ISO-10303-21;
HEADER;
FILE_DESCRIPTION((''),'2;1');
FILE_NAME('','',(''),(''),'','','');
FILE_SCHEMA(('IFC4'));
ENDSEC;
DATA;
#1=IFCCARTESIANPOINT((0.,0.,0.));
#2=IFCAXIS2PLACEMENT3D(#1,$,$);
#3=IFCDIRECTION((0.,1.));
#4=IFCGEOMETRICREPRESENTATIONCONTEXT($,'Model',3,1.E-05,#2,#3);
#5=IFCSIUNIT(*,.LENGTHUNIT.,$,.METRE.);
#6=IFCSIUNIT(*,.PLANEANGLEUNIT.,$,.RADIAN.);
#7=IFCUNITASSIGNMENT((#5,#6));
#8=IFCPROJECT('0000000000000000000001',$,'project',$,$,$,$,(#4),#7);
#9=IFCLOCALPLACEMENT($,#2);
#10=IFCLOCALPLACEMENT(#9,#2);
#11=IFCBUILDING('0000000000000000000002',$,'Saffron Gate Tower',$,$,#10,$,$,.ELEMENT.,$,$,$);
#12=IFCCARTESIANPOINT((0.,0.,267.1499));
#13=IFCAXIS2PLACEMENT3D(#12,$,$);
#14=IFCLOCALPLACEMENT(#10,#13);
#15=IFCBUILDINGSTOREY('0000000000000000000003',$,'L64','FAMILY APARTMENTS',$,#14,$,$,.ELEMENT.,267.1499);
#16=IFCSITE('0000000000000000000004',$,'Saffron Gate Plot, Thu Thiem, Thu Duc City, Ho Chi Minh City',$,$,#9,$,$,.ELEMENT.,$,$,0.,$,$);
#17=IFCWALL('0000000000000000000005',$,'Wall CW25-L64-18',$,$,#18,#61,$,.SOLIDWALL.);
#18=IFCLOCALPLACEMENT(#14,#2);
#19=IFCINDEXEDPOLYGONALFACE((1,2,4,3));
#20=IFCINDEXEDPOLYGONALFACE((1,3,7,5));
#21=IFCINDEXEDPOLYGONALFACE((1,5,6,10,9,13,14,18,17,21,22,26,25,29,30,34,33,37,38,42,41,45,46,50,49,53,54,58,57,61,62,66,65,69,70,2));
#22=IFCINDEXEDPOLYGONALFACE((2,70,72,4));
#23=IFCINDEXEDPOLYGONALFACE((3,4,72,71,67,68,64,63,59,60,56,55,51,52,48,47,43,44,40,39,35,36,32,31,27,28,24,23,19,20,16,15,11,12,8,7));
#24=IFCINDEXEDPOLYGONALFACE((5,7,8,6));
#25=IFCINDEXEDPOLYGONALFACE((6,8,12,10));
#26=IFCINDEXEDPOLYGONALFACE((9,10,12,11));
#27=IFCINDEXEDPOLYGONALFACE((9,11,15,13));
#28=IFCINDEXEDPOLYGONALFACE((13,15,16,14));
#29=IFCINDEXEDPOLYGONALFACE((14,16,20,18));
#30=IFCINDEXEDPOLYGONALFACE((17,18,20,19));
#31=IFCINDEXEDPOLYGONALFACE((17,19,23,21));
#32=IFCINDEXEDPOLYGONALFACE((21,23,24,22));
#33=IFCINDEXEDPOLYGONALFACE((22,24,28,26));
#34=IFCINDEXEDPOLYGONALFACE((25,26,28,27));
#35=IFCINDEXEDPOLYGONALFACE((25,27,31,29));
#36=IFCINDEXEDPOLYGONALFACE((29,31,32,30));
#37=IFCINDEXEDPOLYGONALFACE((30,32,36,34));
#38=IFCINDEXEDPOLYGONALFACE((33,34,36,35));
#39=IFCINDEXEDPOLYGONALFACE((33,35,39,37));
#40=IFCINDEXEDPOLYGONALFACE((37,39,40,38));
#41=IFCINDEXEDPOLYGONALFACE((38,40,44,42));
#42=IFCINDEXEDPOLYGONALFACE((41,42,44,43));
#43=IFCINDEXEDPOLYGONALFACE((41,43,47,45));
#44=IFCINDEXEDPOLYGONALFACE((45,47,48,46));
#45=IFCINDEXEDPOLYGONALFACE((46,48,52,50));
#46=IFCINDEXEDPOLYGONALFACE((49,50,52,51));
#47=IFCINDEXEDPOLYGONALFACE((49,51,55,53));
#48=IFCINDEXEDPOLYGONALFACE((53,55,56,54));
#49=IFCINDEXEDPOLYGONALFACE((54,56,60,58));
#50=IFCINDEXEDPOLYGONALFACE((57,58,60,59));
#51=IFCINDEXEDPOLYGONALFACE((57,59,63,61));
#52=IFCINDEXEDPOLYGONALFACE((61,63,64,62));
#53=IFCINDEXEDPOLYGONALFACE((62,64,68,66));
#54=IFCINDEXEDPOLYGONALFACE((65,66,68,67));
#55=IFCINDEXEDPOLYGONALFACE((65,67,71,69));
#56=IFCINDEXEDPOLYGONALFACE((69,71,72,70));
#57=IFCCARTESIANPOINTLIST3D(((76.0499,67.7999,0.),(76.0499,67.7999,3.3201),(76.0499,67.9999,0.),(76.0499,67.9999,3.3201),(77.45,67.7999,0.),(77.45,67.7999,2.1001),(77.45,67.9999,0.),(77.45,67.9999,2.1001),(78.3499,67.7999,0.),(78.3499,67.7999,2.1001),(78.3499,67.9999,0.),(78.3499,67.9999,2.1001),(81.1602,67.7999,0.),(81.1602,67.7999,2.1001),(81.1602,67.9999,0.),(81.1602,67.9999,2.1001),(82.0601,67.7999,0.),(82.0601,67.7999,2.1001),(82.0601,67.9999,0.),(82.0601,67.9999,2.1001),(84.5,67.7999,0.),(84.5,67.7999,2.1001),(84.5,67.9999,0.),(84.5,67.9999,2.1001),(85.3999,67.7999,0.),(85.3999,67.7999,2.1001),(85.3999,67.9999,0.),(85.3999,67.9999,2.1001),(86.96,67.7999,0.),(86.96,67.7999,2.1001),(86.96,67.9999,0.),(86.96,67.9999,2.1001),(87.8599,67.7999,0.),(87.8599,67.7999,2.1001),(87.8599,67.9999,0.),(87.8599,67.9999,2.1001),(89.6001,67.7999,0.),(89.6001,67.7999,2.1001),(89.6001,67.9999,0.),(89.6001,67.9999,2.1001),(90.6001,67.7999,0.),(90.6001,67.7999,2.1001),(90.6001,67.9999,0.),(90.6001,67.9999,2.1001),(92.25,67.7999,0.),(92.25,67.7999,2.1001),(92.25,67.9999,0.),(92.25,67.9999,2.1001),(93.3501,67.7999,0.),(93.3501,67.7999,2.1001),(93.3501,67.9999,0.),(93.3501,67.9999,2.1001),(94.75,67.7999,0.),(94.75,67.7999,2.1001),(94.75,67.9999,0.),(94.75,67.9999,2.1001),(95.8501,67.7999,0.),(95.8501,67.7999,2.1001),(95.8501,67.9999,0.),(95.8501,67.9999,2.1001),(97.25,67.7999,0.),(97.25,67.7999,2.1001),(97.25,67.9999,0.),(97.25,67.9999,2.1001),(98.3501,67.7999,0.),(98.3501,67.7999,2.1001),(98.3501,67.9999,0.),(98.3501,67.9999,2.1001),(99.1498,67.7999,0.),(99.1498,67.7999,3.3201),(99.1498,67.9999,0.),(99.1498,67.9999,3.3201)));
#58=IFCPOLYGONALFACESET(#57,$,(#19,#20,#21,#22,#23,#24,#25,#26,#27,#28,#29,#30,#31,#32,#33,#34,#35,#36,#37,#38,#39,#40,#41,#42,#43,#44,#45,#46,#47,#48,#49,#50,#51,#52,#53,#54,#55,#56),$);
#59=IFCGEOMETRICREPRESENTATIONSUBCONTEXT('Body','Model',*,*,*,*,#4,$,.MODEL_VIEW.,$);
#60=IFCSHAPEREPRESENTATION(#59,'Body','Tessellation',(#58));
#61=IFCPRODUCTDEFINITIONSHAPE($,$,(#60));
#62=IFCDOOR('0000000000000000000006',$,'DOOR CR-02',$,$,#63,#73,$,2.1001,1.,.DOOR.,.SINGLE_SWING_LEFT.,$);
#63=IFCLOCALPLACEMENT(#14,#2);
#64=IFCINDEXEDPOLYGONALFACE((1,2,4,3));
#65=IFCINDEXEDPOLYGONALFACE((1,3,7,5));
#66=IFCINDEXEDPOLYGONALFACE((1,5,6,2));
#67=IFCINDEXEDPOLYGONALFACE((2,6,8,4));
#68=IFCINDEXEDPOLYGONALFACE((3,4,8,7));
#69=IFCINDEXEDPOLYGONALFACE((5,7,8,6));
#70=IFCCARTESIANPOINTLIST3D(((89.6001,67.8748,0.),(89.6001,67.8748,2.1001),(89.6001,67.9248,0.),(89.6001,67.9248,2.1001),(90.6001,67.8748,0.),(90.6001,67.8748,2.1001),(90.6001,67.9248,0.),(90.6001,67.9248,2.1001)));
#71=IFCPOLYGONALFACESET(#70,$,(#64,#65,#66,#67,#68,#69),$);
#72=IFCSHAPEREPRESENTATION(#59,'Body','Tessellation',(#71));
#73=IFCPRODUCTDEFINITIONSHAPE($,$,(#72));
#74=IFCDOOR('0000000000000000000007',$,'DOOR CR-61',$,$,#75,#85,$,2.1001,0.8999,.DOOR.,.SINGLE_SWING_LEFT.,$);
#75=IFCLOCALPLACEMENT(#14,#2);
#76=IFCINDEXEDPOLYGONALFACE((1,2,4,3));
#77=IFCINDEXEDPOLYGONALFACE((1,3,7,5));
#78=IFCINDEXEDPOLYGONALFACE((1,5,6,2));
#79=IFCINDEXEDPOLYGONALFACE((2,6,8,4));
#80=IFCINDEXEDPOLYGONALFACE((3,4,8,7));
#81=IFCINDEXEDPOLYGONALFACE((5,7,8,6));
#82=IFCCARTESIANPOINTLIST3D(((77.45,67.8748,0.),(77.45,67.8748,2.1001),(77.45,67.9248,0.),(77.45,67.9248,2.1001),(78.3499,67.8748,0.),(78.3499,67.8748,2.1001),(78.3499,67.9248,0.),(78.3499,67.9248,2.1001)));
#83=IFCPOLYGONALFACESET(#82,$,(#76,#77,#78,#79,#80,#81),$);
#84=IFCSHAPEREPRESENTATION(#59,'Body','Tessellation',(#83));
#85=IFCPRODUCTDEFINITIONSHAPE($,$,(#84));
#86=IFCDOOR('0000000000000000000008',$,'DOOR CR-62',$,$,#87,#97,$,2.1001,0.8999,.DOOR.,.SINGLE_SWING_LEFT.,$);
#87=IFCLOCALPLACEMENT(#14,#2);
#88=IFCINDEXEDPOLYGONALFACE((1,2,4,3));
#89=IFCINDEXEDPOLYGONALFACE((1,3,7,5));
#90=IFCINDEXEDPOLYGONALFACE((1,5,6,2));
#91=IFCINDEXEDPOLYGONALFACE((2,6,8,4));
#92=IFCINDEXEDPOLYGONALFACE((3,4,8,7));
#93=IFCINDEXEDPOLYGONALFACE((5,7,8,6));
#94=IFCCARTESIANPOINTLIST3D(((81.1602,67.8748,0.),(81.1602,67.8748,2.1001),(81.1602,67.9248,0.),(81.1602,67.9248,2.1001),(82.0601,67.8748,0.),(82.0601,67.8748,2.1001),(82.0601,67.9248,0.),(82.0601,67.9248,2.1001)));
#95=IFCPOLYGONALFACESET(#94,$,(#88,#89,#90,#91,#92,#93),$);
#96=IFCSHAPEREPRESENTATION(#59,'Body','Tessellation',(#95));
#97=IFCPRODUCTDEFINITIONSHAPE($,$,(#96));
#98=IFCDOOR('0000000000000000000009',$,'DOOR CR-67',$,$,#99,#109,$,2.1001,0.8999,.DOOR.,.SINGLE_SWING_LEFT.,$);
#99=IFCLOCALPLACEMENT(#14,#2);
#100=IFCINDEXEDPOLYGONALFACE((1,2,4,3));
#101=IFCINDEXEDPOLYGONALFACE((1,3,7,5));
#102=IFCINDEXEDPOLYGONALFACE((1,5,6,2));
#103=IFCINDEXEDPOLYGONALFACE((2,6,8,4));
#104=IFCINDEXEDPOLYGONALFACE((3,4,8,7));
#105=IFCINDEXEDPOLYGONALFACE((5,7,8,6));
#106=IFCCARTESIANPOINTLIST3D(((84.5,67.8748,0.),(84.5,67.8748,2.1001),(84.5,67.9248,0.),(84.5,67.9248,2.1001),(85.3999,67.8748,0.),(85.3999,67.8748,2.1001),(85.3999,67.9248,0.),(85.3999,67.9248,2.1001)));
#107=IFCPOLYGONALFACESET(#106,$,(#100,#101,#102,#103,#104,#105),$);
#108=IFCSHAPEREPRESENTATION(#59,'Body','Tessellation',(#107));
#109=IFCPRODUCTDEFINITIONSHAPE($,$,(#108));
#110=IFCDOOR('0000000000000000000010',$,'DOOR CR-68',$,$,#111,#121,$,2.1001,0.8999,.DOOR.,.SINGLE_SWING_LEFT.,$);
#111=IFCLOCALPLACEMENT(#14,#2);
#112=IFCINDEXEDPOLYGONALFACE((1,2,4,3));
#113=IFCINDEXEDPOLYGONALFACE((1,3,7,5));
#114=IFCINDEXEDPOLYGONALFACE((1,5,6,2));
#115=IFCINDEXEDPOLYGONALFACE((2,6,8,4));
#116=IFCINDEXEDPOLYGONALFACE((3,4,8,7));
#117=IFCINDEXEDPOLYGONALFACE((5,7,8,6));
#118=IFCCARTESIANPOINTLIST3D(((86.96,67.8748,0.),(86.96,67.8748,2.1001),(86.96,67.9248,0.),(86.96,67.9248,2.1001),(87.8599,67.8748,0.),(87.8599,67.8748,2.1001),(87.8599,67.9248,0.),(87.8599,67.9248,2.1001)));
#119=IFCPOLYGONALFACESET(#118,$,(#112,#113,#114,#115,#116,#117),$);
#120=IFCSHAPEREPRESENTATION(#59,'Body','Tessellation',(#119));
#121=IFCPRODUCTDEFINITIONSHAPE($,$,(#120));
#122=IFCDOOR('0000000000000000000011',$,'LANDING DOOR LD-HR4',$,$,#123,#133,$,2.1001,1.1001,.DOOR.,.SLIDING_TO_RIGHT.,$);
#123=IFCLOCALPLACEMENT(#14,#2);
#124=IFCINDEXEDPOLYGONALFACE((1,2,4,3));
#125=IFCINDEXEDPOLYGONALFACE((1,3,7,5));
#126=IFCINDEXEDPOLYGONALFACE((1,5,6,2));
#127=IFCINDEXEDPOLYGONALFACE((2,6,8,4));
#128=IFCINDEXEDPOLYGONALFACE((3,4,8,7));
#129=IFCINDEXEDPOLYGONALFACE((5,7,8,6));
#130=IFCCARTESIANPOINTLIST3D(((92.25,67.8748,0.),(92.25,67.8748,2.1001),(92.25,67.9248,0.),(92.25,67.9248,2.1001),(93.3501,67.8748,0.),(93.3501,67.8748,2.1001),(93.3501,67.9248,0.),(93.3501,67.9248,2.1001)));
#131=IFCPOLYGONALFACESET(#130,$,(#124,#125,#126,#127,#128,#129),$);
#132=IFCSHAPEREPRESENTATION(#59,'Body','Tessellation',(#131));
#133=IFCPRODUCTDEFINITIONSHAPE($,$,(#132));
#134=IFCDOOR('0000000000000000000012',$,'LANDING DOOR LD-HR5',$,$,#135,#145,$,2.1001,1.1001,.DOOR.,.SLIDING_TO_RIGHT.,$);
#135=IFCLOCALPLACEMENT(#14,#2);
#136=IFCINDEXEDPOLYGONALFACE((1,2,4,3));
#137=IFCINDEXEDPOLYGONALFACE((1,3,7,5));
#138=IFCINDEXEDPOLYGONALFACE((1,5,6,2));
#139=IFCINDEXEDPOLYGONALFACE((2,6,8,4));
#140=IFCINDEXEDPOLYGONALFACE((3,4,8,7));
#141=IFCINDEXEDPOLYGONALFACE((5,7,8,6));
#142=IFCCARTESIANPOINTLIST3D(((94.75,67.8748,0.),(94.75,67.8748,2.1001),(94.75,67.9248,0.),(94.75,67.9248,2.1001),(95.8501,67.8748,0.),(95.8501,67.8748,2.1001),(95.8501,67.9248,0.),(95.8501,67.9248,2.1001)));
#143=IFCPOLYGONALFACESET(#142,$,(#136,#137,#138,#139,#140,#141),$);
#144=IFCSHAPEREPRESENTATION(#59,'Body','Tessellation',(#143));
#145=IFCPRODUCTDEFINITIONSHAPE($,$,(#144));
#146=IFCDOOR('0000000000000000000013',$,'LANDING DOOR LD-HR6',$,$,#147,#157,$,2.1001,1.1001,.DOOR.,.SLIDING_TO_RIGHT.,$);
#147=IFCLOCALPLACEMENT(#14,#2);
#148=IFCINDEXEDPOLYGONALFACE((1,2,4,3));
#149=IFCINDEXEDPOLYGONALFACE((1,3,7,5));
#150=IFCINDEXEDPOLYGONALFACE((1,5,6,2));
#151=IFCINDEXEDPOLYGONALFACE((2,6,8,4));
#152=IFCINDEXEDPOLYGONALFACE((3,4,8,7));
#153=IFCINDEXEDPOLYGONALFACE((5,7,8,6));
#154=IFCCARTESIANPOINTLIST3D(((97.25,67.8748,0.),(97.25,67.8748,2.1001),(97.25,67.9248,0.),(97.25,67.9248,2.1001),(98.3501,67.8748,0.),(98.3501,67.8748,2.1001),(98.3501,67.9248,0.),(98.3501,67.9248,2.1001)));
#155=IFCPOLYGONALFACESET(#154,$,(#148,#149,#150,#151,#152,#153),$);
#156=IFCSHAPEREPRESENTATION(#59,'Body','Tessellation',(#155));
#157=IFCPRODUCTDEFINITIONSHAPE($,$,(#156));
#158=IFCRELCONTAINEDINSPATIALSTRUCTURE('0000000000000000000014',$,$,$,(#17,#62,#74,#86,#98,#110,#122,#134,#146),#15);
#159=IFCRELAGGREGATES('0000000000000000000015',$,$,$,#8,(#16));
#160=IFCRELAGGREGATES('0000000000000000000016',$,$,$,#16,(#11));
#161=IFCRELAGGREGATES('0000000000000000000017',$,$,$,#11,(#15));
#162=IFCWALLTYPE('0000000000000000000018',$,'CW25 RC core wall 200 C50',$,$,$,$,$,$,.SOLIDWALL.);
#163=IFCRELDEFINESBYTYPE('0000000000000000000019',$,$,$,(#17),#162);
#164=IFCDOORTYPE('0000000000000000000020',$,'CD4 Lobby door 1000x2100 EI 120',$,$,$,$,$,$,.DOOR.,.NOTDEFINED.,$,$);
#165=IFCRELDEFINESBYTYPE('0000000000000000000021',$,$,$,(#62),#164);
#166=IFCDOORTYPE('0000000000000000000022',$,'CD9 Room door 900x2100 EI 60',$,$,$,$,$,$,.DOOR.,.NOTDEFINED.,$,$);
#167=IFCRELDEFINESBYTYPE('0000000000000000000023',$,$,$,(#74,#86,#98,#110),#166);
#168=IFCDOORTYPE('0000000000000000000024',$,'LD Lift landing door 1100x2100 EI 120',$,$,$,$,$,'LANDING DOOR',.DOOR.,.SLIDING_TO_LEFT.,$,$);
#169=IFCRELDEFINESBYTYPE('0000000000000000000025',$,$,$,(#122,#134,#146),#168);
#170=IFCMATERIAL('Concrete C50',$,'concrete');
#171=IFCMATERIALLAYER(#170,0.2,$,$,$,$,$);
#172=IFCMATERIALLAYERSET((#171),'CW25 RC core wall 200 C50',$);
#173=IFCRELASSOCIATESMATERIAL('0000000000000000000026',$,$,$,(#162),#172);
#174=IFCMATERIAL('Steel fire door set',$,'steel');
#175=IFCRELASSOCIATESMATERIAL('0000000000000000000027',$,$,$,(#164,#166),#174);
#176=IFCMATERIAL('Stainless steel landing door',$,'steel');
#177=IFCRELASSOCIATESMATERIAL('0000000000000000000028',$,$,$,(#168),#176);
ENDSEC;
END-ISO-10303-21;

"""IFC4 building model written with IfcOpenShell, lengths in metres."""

from ifc_helpers import new_model, si_unit, direction, frame, frame_2d, origin, place, context, subcontext, project, spatial, rectangle, extrude, material, layer, layer_set, type_object, element, fill, save


model = new_model("IFC4")

# Units and contexts
model_context = context("Model", 3, precision=1e-05, world=origin(), true_north=direction((0.0, 1.0)))
body_context = subcontext(model_context, "Body", "Model", "MODEL_VIEW")
ifc_project = project(units=[si_unit("LENGTHUNIT", "METRE"), si_unit("PLANEANGLEUNIT", "RADIAN")], contexts=[model_context])

# Site, building, storey
site_placement = place(None, origin())
site = spatial("IfcSite", under=ifc_project, at=site_placement, Name="Saffron Gate Plot, Thu Thiem, Thu Duc City, Ho Chi Minh City", CompositionType="ELEMENT", RefElevation=0.0)
building_placement = place(site_placement, origin())
building = spatial("IfcBuilding", under=site, at=building_placement, Name="Saffron Gate Tower", CompositionType="ELEMENT")
storey_placement = place(building_placement, frame((0.0, 0.0, 267.1499)))
storey = spatial("IfcBuildingStorey", under=building, at=storey_placement, Name="L64", Description="FAMILY APARTMENTS", CompositionType="ELEMENT", Elevation=267.1499)

# Shared definitions
ifc_material_1 = material(Name="Concrete C50", Category="concrete")

# Wall, openings, doors
ifc_layer_1 = layer(ifc_material_1, 0.2)
ifc_layer_set_1 = layer_set([ifc_layer_1], Name="CW25 RC core wall 200 C50")
wall_type_1 = type_object("IfcWallType", Name="CW25 RC core wall 200 C50", PredefinedType="SOLIDWALL", material=ifc_layer_set_1)
wall_1_placement = place(storey_placement, frame((76.05, 67.8999, 0.0), z_axis=(0.0, 0.0, 1.0), x_axis=(1.0, 0.0, 0.0)))
wall_1 = element("IfcWall", 1, at=wall_1_placement, inside=storey, type_object=wall_type_1, Name="Wall CW25-L64-18", PredefinedType="SOLIDWALL", context=body_context, shape_type="SweptSolid", body=[
    extrude(rectangle(XDim=23.0999, YDim=0.2, at=frame_2d((11.5498, 0.0))), origin(), (0.0, 0.0, 1.0), 3.3201),
])
opening_1_placement = place(wall_1_placement, frame((1.3999, 0.0, 0.0)))
opening_1 = element("IfcOpeningElement", 2, at=opening_1_placement, cuts=wall_1, PredefinedType="OPENING", context=body_context, shape_type="SweptSolid", body=[
    extrude(rectangle(XDim=0.8999, YDim=2.1001, at=frame_2d((0.45, 1.05))), frame((0.0, 0.1099, 0.0), z_axis=(0.0, -1.0, 0.0), x_axis=(1.0, 0.0, 0.0)), (0.0, 0.0, 1.0), 0.22),
])
opening_2_placement = place(wall_1_placement, frame((5.1101, 0.0, 0.0)))
opening_2 = element("IfcOpeningElement", 3, at=opening_2_placement, cuts=wall_1, PredefinedType="OPENING", context=body_context, shape_type="SweptSolid", body=[
    extrude(rectangle(XDim=0.8999, YDim=2.1001, at=frame_2d((0.45, 1.05))), frame((0.0, 0.1099, 0.0), z_axis=(0.0, -1.0, 0.0), x_axis=(1.0, 0.0, 0.0)), (0.0, 0.0, 1.0), 0.22),
])
opening_3_placement = place(wall_1_placement, frame((8.45, 0.0, 0.0)))
opening_3 = element("IfcOpeningElement", 4, at=opening_3_placement, cuts=wall_1, PredefinedType="OPENING", context=body_context, shape_type="SweptSolid", body=[
    extrude(rectangle(XDim=0.8999, YDim=2.1001, at=frame_2d((0.45, 1.05))), frame((0.0, 0.1099, 0.0), z_axis=(0.0, -1.0, 0.0), x_axis=(1.0, 0.0, 0.0)), (0.0, 0.0, 1.0), 0.22),
])
opening_4_placement = place(wall_1_placement, frame((10.9099, 0.0, 0.0)))
opening_4 = element("IfcOpeningElement", 5, at=opening_4_placement, cuts=wall_1, PredefinedType="OPENING", context=body_context, shape_type="SweptSolid", body=[
    extrude(rectangle(XDim=0.8999, YDim=2.1001, at=frame_2d((0.45, 1.05))), frame((0.0, 0.1099, 0.0), z_axis=(0.0, -1.0, 0.0), x_axis=(1.0, 0.0, 0.0)), (0.0, 0.0, 1.0), 0.22),
])
opening_5_placement = place(wall_1_placement, frame((13.55, 0.0, 0.0)))
opening_5 = element("IfcOpeningElement", 6, at=opening_5_placement, cuts=wall_1, PredefinedType="OPENING", context=body_context, shape_type="SweptSolid", body=[
    extrude(rectangle(XDim=1.0, YDim=2.1001, at=frame_2d((0.5, 1.05))), frame((0.0, 0.1099, 0.0), z_axis=(0.0, -1.0, 0.0), x_axis=(1.0, 0.0, 0.0)), (0.0, 0.0, 1.0), 0.22),
])
opening_6_placement = place(wall_1_placement, frame((16.2, 0.0, 0.0)))
opening_6 = element("IfcOpeningElement", 7, at=opening_6_placement, cuts=wall_1, PredefinedType="OPENING", context=body_context, shape_type="SweptSolid", body=[
    extrude(rectangle(XDim=1.1001, YDim=2.1001, at=frame_2d((0.55, 1.05))), frame((0.0, 0.1099, 0.0), z_axis=(0.0, -1.0, 0.0), x_axis=(1.0, 0.0, 0.0)), (0.0, 0.0, 1.0), 0.22),
])
opening_7_placement = place(wall_1_placement, frame((18.7, 0.0, 0.0)))
opening_7 = element("IfcOpeningElement", 8, at=opening_7_placement, cuts=wall_1, PredefinedType="OPENING", context=body_context, shape_type="SweptSolid", body=[
    extrude(rectangle(XDim=1.1001, YDim=2.1001, at=frame_2d((0.55, 1.05))), frame((0.0, 0.1099, 0.0), z_axis=(0.0, -1.0, 0.0), x_axis=(1.0, 0.0, 0.0)), (0.0, 0.0, 1.0), 0.22),
])
opening_8_placement = place(wall_1_placement, frame((21.2, 0.0, 0.0)))
opening_8 = element("IfcOpeningElement", 9, at=opening_8_placement, cuts=wall_1, PredefinedType="OPENING", context=body_context, shape_type="SweptSolid", body=[
    extrude(rectangle(XDim=1.1001, YDim=2.1001, at=frame_2d((0.55, 1.05))), frame((0.0, 0.1099, 0.0), z_axis=(0.0, -1.0, 0.0), x_axis=(1.0, 0.0, 0.0)), (0.0, 0.0, 1.0), 0.22),
])
ifc_material_2 = material(Name="Steel fire door set", Category="steel")
door_type_1 = type_object("IfcDoorType", Name="CD4 Lobby door 1000x2100 EI 120", OperationType="NOTDEFINED", PredefinedType="DOOR", material=ifc_material_2)
door_1_placement = place(opening_5_placement, origin())
door_1 = element("IfcDoor", 10, at=door_1_placement, inside=storey, type_object=door_type_1, Name="DOOR CR-02", OperationType="SINGLE_SWING_LEFT", OverallHeight=2.1001, OverallWidth=1.0, PredefinedType="DOOR", context=body_context, shape_type="SweptSolid", body=[
    extrude(rectangle(XDim=1.0, YDim=2.1001, at=frame_2d((0.5, 1.05))), frame((0.0, 0.0249, 0.0), z_axis=(0.0, -1.0, 0.0), x_axis=(1.0, 0.0, 0.0)), (0.0, 0.0, 1.0), 0.05),
])
fill(opening_5, door_1)
door_type_2 = type_object("IfcDoorType", Name="CD9 Room door 900x2100 EI 60", OperationType="NOTDEFINED", PredefinedType="DOOR", material=ifc_material_2)
door_2_placement = place(opening_1_placement, origin())
door_2 = element("IfcDoor", 11, at=door_2_placement, inside=storey, type_object=door_type_2, Name="DOOR CR-61", OperationType="SINGLE_SWING_LEFT", OverallHeight=2.1001, OverallWidth=0.8999, PredefinedType="DOOR", context=body_context, shape_type="SweptSolid", body=[
    extrude(rectangle(XDim=0.8999, YDim=2.1001, at=frame_2d((0.45, 1.05))), frame((0.0, 0.0249, 0.0), z_axis=(0.0, -1.0, 0.0), x_axis=(1.0, 0.0, 0.0)), (0.0, 0.0, 1.0), 0.05),
])
fill(opening_1, door_2)
door_3_placement = place(opening_2_placement, origin())
door_3 = element("IfcDoor", 12, at=door_3_placement, inside=storey, type_object=door_type_2, Name="DOOR CR-62", OperationType="SINGLE_SWING_LEFT", OverallHeight=2.1001, OverallWidth=0.8999, PredefinedType="DOOR", context=body_context, shape_type="SweptSolid", body=[
    extrude(rectangle(XDim=0.8999, YDim=2.1001, at=frame_2d((0.45, 1.05))), frame((0.0, 0.0249, 0.0), z_axis=(0.0, -1.0, 0.0), x_axis=(1.0, 0.0, 0.0)), (0.0, 0.0, 1.0), 0.05),
])
fill(opening_2, door_3)
door_4_placement = place(opening_3_placement, origin())
door_4 = element("IfcDoor", 13, at=door_4_placement, inside=storey, type_object=door_type_2, Name="DOOR CR-67", OperationType="SINGLE_SWING_LEFT", OverallHeight=2.1001, OverallWidth=0.8999, PredefinedType="DOOR", context=body_context, shape_type="SweptSolid", body=[
    extrude(rectangle(XDim=0.8999, YDim=2.1001, at=frame_2d((0.45, 1.05))), frame((0.0, 0.0249, 0.0), z_axis=(0.0, -1.0, 0.0), x_axis=(1.0, 0.0, 0.0)), (0.0, 0.0, 1.0), 0.05),
])
fill(opening_3, door_4)
door_5_placement = place(opening_4_placement, origin())
door_5 = element("IfcDoor", 14, at=door_5_placement, inside=storey, type_object=door_type_2, Name="DOOR CR-68", OperationType="SINGLE_SWING_LEFT", OverallHeight=2.1001, OverallWidth=0.8999, PredefinedType="DOOR", context=body_context, shape_type="SweptSolid", body=[
    extrude(rectangle(XDim=0.8999, YDim=2.1001, at=frame_2d((0.45, 1.05))), frame((0.0, 0.0249, 0.0), z_axis=(0.0, -1.0, 0.0), x_axis=(1.0, 0.0, 0.0)), (0.0, 0.0, 1.0), 0.05),
])
fill(opening_4, door_5)
ifc_material_3 = material(Name="Stainless steel landing door", Category="steel")
door_type_3 = type_object("IfcDoorType", Name="LD Lift landing door 1100x2100 EI 120", ElementType="LANDING DOOR", OperationType="SLIDING_TO_LEFT", PredefinedType="DOOR", material=ifc_material_3)
door_6_placement = place(opening_6_placement, origin())
door_6 = element("IfcDoor", 15, at=door_6_placement, inside=storey, type_object=door_type_3, Name="LANDING DOOR LD-HR4", OperationType="SLIDING_TO_RIGHT", OverallHeight=2.1001, OverallWidth=1.1001, PredefinedType="DOOR", context=body_context, shape_type="SweptSolid", body=[
    extrude(rectangle(XDim=1.1001, YDim=2.1001, at=frame_2d((0.55, 1.05))), frame((0.0, 0.0249, 0.0), z_axis=(0.0, -1.0, 0.0), x_axis=(1.0, 0.0, 0.0)), (0.0, 0.0, 1.0), 0.05),
])
fill(opening_6, door_6)
door_7_placement = place(opening_7_placement, origin())
door_7 = element("IfcDoor", 16, at=door_7_placement, inside=storey, type_object=door_type_3, Name="LANDING DOOR LD-HR5", OperationType="SLIDING_TO_RIGHT", OverallHeight=2.1001, OverallWidth=1.1001, PredefinedType="DOOR", context=body_context, shape_type="SweptSolid", body=[
    extrude(rectangle(XDim=1.1001, YDim=2.1001, at=frame_2d((0.55, 1.05))), frame((0.0, 0.0249, 0.0), z_axis=(0.0, -1.0, 0.0), x_axis=(1.0, 0.0, 0.0)), (0.0, 0.0, 1.0), 0.05),
])
fill(opening_7, door_7)
door_8_placement = place(opening_8_placement, origin())
door_8 = element("IfcDoor", 17, at=door_8_placement, inside=storey, type_object=door_type_3, Name="LANDING DOOR LD-HR6", OperationType="SLIDING_TO_RIGHT", OverallHeight=2.1001, OverallWidth=1.1001, PredefinedType="DOOR", context=body_context, shape_type="SweptSolid", body=[
    extrude(rectangle(XDim=1.1001, YDim=2.1001, at=frame_2d((0.55, 1.05))), frame((0.0, 0.0249, 0.0), z_axis=(0.0, -1.0, 0.0), x_axis=(1.0, 0.0, 0.0)), (0.0, 0.0, 1.0), 0.05),
])
fill(opening_8, door_8)

save(model, "model.ifc")
